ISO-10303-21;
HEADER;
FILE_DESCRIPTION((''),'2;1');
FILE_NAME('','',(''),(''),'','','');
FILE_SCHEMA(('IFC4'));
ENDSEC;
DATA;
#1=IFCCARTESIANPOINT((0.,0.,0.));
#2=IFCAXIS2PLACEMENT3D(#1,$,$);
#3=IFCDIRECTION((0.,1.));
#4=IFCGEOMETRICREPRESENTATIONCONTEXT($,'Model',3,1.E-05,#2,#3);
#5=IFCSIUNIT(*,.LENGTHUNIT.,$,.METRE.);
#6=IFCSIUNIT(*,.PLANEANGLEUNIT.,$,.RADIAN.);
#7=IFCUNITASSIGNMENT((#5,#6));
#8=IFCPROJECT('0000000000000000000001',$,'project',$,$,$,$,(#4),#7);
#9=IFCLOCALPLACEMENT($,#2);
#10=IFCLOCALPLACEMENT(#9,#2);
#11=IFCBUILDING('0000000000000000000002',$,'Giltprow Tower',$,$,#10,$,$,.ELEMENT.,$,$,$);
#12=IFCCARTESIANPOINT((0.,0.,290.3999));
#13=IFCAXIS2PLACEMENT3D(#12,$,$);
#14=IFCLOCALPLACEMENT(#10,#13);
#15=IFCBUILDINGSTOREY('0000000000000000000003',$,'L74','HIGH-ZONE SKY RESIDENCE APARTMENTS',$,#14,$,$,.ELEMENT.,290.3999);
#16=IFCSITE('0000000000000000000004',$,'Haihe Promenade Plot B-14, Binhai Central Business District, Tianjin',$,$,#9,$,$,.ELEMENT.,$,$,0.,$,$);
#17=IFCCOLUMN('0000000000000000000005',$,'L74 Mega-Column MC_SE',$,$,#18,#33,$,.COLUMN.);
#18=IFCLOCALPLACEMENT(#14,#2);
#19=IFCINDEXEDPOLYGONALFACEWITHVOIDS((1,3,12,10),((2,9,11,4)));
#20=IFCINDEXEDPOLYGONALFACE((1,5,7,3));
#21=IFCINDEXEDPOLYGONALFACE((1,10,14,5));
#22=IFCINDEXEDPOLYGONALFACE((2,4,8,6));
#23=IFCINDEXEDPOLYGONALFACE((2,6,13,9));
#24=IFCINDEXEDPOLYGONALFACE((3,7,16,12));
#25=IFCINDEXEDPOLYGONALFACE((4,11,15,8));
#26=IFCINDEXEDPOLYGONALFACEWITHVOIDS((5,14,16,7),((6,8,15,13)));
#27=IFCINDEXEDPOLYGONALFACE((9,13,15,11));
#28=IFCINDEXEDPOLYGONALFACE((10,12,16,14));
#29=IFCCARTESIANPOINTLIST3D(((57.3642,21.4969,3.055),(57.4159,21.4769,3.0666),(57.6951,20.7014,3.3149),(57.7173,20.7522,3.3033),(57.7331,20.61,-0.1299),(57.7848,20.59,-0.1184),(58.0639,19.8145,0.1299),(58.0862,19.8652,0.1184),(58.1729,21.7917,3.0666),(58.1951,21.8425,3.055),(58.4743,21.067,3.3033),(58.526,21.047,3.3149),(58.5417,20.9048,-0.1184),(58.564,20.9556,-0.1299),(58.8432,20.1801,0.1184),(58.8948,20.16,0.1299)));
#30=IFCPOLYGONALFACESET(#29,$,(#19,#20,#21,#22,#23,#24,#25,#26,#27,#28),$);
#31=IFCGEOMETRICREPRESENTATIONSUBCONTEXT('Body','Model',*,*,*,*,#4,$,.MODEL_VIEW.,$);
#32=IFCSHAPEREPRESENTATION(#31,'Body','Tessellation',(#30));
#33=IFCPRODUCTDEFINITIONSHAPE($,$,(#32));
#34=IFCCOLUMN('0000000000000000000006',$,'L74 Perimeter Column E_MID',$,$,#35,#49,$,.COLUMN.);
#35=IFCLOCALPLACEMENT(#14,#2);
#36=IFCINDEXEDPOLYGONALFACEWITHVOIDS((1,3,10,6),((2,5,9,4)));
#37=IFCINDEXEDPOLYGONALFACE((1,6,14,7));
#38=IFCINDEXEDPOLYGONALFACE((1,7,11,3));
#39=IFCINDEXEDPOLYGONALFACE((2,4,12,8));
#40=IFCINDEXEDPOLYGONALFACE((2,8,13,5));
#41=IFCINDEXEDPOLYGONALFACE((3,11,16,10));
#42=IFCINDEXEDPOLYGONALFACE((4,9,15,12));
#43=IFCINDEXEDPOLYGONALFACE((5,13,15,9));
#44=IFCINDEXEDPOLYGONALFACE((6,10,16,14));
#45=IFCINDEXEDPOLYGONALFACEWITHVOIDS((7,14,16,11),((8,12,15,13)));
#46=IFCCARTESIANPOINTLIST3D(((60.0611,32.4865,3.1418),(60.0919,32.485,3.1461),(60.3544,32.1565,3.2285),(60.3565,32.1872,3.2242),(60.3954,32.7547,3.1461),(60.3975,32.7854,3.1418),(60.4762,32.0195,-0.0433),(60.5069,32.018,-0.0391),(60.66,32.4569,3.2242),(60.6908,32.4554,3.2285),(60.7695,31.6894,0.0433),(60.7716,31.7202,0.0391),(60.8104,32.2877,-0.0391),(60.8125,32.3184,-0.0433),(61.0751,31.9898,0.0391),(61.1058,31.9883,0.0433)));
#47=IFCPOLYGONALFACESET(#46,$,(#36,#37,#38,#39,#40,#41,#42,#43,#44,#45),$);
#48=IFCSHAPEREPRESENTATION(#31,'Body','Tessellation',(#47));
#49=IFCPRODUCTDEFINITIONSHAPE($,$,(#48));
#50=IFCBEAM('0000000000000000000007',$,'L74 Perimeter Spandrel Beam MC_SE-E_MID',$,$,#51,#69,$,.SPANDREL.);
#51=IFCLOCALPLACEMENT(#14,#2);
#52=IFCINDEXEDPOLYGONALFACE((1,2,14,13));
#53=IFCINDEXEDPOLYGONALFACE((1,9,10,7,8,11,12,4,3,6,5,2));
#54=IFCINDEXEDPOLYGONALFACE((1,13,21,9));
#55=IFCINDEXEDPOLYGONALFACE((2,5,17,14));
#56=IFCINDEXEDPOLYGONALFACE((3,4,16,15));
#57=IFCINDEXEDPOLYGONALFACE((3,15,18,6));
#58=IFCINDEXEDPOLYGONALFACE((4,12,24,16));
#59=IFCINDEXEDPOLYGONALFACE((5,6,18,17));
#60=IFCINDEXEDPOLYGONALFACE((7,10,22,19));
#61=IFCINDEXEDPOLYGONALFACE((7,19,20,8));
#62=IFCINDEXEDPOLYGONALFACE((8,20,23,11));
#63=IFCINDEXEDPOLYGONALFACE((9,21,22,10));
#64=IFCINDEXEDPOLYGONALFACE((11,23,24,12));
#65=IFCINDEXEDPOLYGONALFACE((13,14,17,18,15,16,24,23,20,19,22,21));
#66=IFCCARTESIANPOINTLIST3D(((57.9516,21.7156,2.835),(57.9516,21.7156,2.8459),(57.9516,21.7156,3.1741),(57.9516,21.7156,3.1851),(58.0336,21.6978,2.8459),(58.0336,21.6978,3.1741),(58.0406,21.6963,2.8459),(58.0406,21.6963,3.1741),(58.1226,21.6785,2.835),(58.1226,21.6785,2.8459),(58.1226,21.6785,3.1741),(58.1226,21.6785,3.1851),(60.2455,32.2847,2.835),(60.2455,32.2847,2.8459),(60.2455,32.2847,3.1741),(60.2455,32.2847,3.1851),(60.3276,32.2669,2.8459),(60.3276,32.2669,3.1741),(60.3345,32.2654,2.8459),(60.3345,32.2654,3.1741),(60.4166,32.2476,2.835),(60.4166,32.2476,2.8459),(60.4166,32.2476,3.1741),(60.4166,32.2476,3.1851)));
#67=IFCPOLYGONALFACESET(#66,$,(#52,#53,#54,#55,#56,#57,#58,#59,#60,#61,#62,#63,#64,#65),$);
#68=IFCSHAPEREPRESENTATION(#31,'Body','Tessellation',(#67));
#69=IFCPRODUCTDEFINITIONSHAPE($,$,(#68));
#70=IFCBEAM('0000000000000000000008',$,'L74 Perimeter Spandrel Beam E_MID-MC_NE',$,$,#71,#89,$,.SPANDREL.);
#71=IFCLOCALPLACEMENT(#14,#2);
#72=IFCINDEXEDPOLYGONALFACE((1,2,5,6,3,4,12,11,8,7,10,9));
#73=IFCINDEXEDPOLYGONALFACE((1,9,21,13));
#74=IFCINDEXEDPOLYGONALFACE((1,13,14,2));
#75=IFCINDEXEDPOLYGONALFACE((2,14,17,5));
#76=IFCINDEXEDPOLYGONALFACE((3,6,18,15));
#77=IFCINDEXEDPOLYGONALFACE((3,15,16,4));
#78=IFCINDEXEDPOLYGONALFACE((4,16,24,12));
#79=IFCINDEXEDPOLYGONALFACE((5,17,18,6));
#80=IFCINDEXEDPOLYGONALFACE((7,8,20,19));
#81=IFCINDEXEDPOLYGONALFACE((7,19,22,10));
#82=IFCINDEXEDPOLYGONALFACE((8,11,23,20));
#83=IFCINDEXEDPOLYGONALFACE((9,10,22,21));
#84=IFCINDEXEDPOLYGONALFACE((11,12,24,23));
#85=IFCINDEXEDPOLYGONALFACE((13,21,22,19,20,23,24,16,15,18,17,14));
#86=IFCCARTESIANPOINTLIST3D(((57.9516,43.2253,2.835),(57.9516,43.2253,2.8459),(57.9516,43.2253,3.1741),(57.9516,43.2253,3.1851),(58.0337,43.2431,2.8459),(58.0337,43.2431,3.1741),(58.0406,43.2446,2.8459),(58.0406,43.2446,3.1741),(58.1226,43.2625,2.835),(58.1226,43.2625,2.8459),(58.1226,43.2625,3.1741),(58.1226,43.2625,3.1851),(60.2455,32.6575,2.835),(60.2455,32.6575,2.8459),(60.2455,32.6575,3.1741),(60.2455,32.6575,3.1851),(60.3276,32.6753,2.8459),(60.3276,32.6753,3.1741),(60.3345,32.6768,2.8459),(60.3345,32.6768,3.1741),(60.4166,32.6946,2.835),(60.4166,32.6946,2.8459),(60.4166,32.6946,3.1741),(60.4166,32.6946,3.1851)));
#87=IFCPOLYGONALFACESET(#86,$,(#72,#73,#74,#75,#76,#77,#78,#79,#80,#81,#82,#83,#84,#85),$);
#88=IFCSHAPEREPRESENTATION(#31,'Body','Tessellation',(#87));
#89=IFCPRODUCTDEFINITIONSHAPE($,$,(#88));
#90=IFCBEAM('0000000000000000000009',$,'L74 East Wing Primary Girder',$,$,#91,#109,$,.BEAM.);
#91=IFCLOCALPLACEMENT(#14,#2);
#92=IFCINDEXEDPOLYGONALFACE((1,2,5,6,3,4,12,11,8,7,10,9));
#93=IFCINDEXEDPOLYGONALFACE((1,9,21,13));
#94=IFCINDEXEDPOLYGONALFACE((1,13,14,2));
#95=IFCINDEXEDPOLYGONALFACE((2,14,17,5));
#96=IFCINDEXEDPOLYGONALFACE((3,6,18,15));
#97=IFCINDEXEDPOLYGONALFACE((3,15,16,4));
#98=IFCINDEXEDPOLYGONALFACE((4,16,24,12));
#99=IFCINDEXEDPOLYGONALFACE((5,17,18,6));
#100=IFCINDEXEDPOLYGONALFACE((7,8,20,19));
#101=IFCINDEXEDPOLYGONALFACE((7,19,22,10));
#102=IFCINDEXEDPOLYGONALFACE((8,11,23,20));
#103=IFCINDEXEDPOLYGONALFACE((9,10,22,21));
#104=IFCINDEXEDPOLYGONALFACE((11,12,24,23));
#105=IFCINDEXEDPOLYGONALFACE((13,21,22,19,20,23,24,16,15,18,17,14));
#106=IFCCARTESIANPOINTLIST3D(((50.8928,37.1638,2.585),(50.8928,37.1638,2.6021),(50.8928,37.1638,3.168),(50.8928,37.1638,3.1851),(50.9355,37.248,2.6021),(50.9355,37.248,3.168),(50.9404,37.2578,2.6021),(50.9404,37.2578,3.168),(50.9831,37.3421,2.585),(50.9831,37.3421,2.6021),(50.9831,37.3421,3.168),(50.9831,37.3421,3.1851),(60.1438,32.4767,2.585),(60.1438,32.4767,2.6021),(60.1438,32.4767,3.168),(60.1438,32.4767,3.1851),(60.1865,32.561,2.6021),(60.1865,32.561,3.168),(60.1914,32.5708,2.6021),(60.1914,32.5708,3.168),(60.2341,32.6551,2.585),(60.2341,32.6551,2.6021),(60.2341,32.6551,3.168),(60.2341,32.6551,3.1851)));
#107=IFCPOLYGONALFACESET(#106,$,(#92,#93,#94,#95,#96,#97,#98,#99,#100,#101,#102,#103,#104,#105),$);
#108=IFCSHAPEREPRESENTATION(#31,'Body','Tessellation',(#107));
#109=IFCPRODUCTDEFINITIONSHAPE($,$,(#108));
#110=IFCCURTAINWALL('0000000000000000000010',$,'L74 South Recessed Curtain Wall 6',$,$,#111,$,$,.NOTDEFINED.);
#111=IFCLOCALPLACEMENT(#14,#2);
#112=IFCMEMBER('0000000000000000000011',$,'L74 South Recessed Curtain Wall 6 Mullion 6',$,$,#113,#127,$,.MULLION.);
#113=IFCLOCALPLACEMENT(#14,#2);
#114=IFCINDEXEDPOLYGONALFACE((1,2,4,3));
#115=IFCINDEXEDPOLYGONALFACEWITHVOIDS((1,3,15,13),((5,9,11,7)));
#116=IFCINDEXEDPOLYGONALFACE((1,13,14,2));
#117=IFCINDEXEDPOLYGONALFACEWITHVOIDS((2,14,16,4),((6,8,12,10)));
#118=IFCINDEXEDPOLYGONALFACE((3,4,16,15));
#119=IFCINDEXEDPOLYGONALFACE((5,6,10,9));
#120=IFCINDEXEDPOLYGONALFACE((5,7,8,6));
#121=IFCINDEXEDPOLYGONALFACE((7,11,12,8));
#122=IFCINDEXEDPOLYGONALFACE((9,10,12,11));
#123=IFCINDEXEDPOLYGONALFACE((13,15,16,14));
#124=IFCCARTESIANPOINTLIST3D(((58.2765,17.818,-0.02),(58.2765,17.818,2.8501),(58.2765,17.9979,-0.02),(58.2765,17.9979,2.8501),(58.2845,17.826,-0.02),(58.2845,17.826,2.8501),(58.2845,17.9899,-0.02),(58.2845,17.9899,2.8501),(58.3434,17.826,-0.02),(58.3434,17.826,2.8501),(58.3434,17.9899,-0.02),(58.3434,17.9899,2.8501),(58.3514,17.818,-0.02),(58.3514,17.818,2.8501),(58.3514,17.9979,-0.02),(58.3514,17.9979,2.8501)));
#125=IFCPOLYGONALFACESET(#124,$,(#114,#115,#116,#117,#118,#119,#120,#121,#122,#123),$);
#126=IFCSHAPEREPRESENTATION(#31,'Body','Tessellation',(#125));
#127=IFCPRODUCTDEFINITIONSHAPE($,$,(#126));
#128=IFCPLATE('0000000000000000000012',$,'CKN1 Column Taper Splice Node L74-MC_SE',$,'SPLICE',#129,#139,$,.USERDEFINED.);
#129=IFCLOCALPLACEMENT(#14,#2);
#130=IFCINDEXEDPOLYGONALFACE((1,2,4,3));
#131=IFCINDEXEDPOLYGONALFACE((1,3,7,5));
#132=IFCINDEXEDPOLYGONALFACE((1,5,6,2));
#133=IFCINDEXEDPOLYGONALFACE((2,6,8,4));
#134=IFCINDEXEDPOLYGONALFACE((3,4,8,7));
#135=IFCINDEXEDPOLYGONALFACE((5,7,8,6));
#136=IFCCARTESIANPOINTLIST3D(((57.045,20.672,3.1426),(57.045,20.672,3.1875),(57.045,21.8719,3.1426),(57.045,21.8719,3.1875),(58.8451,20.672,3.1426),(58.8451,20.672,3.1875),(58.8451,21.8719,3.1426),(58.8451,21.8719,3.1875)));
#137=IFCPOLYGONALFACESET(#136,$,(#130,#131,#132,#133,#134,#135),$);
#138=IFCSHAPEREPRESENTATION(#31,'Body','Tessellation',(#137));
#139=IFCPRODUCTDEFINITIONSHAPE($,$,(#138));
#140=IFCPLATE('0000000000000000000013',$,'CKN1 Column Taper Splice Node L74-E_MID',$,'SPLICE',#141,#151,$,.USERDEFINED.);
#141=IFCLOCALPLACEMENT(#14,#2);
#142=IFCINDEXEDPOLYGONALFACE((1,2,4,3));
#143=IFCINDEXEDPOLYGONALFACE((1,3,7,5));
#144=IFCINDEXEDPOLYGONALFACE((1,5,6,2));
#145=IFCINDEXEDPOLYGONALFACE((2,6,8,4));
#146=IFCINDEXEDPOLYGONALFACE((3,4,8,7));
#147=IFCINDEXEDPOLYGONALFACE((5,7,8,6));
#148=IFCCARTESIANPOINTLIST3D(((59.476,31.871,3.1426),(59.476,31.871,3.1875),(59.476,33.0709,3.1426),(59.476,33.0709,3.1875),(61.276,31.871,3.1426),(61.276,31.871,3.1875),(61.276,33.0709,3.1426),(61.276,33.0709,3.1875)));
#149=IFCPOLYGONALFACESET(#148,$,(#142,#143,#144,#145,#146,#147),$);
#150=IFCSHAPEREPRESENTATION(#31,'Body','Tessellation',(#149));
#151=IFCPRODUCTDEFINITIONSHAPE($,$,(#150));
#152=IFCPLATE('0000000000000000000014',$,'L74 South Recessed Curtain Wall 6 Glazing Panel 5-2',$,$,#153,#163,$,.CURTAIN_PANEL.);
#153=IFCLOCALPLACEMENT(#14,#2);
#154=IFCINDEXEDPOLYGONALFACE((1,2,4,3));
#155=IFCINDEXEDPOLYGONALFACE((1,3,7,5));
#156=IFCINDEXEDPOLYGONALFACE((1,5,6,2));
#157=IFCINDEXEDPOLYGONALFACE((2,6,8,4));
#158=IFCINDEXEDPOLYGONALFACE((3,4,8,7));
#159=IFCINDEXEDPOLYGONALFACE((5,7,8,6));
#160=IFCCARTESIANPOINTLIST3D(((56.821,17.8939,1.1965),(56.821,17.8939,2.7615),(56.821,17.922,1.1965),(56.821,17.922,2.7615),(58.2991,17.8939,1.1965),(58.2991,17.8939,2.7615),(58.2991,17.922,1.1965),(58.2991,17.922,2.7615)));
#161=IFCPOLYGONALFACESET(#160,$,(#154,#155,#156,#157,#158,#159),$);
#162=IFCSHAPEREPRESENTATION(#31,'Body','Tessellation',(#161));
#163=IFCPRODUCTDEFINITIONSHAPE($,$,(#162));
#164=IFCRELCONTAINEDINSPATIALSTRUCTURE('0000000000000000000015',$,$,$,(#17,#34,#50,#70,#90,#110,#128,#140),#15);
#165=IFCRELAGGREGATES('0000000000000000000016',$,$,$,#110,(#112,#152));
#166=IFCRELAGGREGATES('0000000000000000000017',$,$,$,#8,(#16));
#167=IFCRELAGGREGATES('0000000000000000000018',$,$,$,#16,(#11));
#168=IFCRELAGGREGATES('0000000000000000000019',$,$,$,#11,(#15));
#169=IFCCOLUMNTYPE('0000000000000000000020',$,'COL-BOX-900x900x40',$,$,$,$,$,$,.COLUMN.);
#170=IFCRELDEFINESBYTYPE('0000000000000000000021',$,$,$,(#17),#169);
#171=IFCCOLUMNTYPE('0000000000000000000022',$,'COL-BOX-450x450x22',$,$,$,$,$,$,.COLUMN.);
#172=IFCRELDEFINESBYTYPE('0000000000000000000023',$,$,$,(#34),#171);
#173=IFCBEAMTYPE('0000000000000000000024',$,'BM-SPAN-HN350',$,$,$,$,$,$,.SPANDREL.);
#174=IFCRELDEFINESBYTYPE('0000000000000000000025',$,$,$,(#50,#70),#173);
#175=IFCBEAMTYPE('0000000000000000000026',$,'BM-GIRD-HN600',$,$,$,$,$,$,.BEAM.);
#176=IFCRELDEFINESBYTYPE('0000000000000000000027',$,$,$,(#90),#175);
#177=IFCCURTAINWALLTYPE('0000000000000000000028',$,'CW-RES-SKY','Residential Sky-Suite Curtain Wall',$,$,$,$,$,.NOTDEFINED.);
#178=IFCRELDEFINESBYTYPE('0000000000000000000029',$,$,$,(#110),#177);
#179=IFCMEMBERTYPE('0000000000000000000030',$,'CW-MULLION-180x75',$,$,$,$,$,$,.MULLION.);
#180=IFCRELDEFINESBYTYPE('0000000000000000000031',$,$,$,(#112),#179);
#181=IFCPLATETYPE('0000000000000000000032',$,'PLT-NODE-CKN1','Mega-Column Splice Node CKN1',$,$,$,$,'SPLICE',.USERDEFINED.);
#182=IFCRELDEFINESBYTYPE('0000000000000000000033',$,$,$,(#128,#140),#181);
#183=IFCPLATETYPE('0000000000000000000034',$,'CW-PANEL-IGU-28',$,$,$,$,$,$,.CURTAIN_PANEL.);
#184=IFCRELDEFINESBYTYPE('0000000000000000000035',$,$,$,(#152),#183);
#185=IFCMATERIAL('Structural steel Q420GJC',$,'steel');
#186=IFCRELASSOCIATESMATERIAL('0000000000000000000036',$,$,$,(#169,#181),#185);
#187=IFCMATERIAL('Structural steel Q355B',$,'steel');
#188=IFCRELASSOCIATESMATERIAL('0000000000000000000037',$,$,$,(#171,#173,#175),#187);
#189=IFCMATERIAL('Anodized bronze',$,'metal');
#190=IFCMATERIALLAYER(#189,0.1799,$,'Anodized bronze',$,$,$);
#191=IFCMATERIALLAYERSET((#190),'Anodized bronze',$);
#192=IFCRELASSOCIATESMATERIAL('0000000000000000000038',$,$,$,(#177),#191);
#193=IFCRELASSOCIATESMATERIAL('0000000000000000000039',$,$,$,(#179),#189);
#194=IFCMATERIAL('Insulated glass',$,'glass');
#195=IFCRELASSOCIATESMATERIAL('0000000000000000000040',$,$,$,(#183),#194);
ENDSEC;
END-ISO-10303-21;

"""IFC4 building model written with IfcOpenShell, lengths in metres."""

from ifc_helpers import new_model, si_unit, direction, frame, origin, origin_2d, place, context, subcontext, project, spatial, rectangle, hollow_rectangle, i_section, extrude, source, transform, mapped, material, layer, layer_set, material_profile, profile_set, type_object, element, aggregate, save


model = new_model("IFC4")

# Units and contexts
model_context = context("Model", 3, precision=1e-05, world=origin(), true_north=direction((0.0, 1.0)))
body_context = subcontext(model_context, "Body", "Model", "MODEL_VIEW")
ifc_project = project(units=[si_unit("LENGTHUNIT", "METRE"), si_unit("PLANEANGLEUNIT", "RADIAN")], contexts=[model_context])

# Site, building, storey
site_placement = place(None, origin())
site = spatial("IfcSite", under=ifc_project, at=site_placement, Name="Haihe Promenade Plot B-14, Binhai Central Business District, Tianjin", CompositionType="ELEMENT", RefElevation=0.0)
building_placement = place(site_placement, origin())
building = spatial("IfcBuilding", under=site, at=building_placement, Name="Giltprow Tower", CompositionType="ELEMENT")
storey_placement = place(building_placement, frame((0.0, 0.0, 290.3999)))
storey = spatial("IfcBuildingStorey", under=building, at=storey_placement, Name="L74", Description="HIGH-ZONE SKY RESIDENCE APARTMENTS", CompositionType="ELEMENT", Elevation=290.3999)

# Columns
ifc_material_1 = material(Name="Structural steel Q420GJC", Category="steel")
ifc_material_profile_1 = material_profile(ifc_material_1, hollow_rectangle(XDim=0.8999, YDim=0.8999, WallThickness=0.04, at=origin_2d()), Name="BOX 900x900x40")
ifc_profile_set_1 = profile_set([ifc_material_profile_1], Name="Structural steel Q420GJC")
column_type_1 = type_object("IfcColumnType", Name="COL-BOX-900x900x40", PredefinedType="COLUMN", material=ifc_profile_set_1)
shared_shape_1 = source(origin(), body_context, "Body", "SweptSolid", [
    extrude(hollow_rectangle(XDim=0.8999, YDim=0.8999, WallThickness=0.04, at=origin_2d()), origin(), (0.0, 0.0, 1.0), 3.3267),
])
column_1_placement = place(storey_placement, frame((58.314, 20.385, 0.0), z_axis=(-0.110887, 0.266614, 0.957403), x_axis=(-0.923325, -0.38402, 0.0)))
element("IfcColumn", 1, at=column_1_placement, inside=storey, type_object=column_type_1, Name="L74 Mega-Column MC_SE", PredefinedType="COLUMN", context=body_context, shape_type="MappedRepresentation", body=[
    mapped(shared_shape_1, transform((0.0, 0.0, 0.0), x_axis=(1.0, 0.0, 0.0), y_axis=(0.0, 1.0, 0.0), z_axis=(0.0, 0.0, 1.0), scale=1.0)),
])
ifc_material_2 = material(Name="Structural steel Q355B", Category="steel")
ifc_material_profile_2 = material_profile(ifc_material_2, hollow_rectangle(XDim=0.45, YDim=0.45, WallThickness=0.022, at=origin_2d()), Name="BOX 450x450x22")
ifc_profile_set_2 = profile_set([ifc_material_profile_2], Name="Structural steel Q355B")
column_type_2 = type_object("IfcColumnType", Name="COL-BOX-450x450x22", PredefinedType="COLUMN", material=ifc_profile_set_2)
shared_shape_2 = source(origin(), body_context, "Body", "SweptSolid", [
    extrude(hollow_rectangle(XDim=0.45, YDim=0.45, WallThickness=0.022, at=origin_2d()), origin(), (0.0, 0.0, 1.0), 3.2458),
])
column_2_placement = place(storey_placement, frame((60.791, 32.0039, 0.0), z_axis=(-0.127871, 0.143892, 0.981297), x_axis=(-0.747496, -0.664267, 0.0)))
element("IfcColumn", 2, at=column_2_placement, inside=storey, type_object=column_type_2, Name="L74 Perimeter Column E_MID", PredefinedType="COLUMN", context=body_context, shape_type="MappedRepresentation", body=[
    mapped(shared_shape_2, transform((0.0, 0.0, 0.0), x_axis=(1.0, 0.0, 0.0), y_axis=(0.0, 1.0, 0.0), z_axis=(0.0, 0.0, 1.0), scale=1.0)),
])

# Beams
ifc_material_profile_3 = material_profile(ifc_material_2, i_section(OverallWidth=0.175, OverallDepth=0.3501, WebThickness=0.0071, FlangeThickness=0.011, at=origin_2d()), Name="HN 350x175x7x11")
ifc_profile_set_3 = profile_set([ifc_material_profile_3], Name="Structural steel Q355B")
beam_type_1 = type_object("IfcBeamType", Name="BM-SPAN-HN350", PredefinedType="SPANDREL", material=ifc_profile_set_3)
shared_shape_3 = source(origin(), body_context, "Body", "SweptSolid", [
    extrude(i_section(OverallWidth=0.175, OverallDepth=0.3501, WebThickness=0.0071, FlangeThickness=0.011, at=origin_2d()), origin(), (0.0, 0.0, 1.0), 10.8152),
])
beam_1_placement = place(storey_placement, frame((58.0371, 21.697, 3.01), z_axis=(0.212104, 0.977247, 0.0), x_axis=(-0.977247, 0.212104, 0.0)))
element("IfcBeam", 3, at=beam_1_placement, inside=storey, type_object=beam_type_1, Name="L74 Perimeter Spandrel Beam MC_SE-E_MID", PredefinedType="SPANDREL", context=body_context, shape_type="MappedRepresentation", body=[
    mapped(shared_shape_3, transform((0.0, 0.0, 0.0), x_axis=(1.0, 0.0, 0.0), y_axis=(0.0, 1.0, 0.0), z_axis=(0.0, 0.0, 1.0), scale=1.0)),
])
shared_shape_4 = source(origin(), body_context, "Body", "SweptSolid", [
    extrude(i_section(OverallWidth=0.175, OverallDepth=0.3501, WebThickness=0.0071, FlangeThickness=0.011, at=origin_2d()), origin(), (0.0, 0.0, 1.0), 10.814),
])
beam_2_placement = place(storey_placement, frame((60.3311, 32.676, 3.01), z_axis=(-0.212128, 0.977242, 0.0), x_axis=(-0.977242, -0.212128, 0.0)))
element("IfcBeam", 4, at=beam_2_placement, inside=storey, type_object=beam_type_1, Name="L74 Perimeter Spandrel Beam E_MID-MC_NE", PredefinedType="SPANDREL", context=body_context, shape_type="MappedRepresentation", body=[
    mapped(shared_shape_4, transform((0.0, 0.0, 0.0), x_axis=(1.0, 0.0, 0.0), y_axis=(0.0, 1.0, 0.0), z_axis=(0.0, 0.0, 1.0), scale=1.0)),
])
ifc_material_profile_4 = material_profile(ifc_material_2, i_section(OverallWidth=0.2, OverallDepth=0.6001, WebThickness=0.011, FlangeThickness=0.0171, at=origin_2d()), Name="HN 600x200x11x17")
ifc_profile_set_4 = profile_set([ifc_material_profile_4], Name="Structural steel Q355B")
beam_type_2 = type_object("IfcBeamType", Name="BM-GIRD-HN600", PredefinedType="BEAM", material=ifc_profile_set_4)
shared_shape_5 = source(origin(), body_context, "Body", "SweptSolid", [
    extrude(i_section(OverallWidth=0.2, OverallDepth=0.6001, WebThickness=0.011, FlangeThickness=0.0171, at=origin_2d()), origin(), (0.0, 0.0, 1.0), 10.3706),
])
beam_3_placement = place(storey_placement, frame((60.189, 32.5659, 2.885), z_axis=(-0.892042, 0.451953, 0.0), x_axis=(-0.451953, -0.892042, 0.0)))
element("IfcBeam", 5, at=beam_3_placement, inside=storey, type_object=beam_type_2, Name="L74 East Wing Primary Girder", PredefinedType="BEAM", context=body_context, shape_type="MappedRepresentation", body=[
    mapped(shared_shape_5, transform((0.0, 0.0, 0.0), x_axis=(1.0, 0.0, 0.0), y_axis=(0.0, 1.0, 0.0), z_axis=(0.0, 0.0, 1.0), scale=1.0)),
])

# Curtain wall, member
ifc_material_3 = material(Name="Anodized bronze", Category="metal")
ifc_layer_1 = layer(ifc_material_3, 0.1799, Name="Anodized bronze")
ifc_layer_set_1 = layer_set([ifc_layer_1], Name="Anodized bronze")
curtain_wall_type = type_object("IfcCurtainWallType", Name="CW-RES-SKY", Description="Residential Sky-Suite Curtain Wall", PredefinedType="NOTDEFINED", material=ifc_layer_set_1)
curtain_wall_placement = place(storey_placement, origin())
curtain_wall = element("IfcCurtainWall", 6, at=curtain_wall_placement, inside=storey, type_object=curtain_wall_type, Name="L74 South Recessed Curtain Wall 6", PredefinedType="NOTDEFINED")
ifc_material_profile_5 = material_profile(ifc_material_3, hollow_rectangle(XDim=0.075, YDim=0.1799, WallThickness=0.0081, at=origin_2d()), Name="RHS 180x75x8")
ifc_profile_set_5 = profile_set([ifc_material_profile_5], Name="Anodized bronze")
member_type = type_object("IfcMemberType", Name="CW-MULLION-180x75", PredefinedType="MULLION", material=ifc_profile_set_5)
shared_shape_6 = source(origin(), body_context, "Body", "SweptSolid", [
    extrude(hollow_rectangle(XDim=0.075, YDim=0.1799, WallThickness=0.0081, at=origin_2d()), origin(), (0.0, 0.0, 1.0), 2.8701),
])
member_placement = place(storey_placement, frame((58.314, 17.908, -0.02), z_axis=(0.0, 0.0, 1.0), x_axis=(1.0, 0.0, 0.0)))
member = element("IfcMember", 7, at=member_placement, type_object=member_type, Name="L74 South Recessed Curtain Wall 6 Mullion 6", PredefinedType="MULLION", context=body_context, shape_type="MappedRepresentation", body=[
    mapped(shared_shape_6, transform((0.0, 0.0, 0.0), x_axis=(1.0, 0.0, 0.0), y_axis=(0.0, 1.0, 0.0), z_axis=(0.0, 0.0, 1.0), scale=1.0)),
])

# Plates
plate_type_1 = type_object("IfcPlateType", Name="PLT-NODE-CKN1", Description="Mega-Column Splice Node CKN1", ElementType="SPLICE", PredefinedType="USERDEFINED", material=ifc_material_1)
shared_shape_7 = source(origin(), body_context, "Body", "SweptSolid", [
    extrude(rectangle(XDim=1.8, YDim=1.2, at=origin_2d()), origin(), (0.0, 0.0, 1.0), 0.0449),
])
for number, where, z_axis, x_axis, name in (
    (8, (57.9451, 21.272, 3.1426), (0.0, 0.0, 1.0), (1.0, 0.0, 0.0), "CKN1 Column Taper Splice Node L74-MC_SE"),
    (9, (60.376, 32.4709, 3.1426), (0.0, 0.0, 1.0), (1.0, 0.0, 0.0), "CKN1 Column Taper Splice Node L74-E_MID"),
):
    element("IfcPlate", number, at=place(storey_placement, frame(where, z_axis=z_axis, x_axis=x_axis)), inside=storey, type_object=plate_type_1, Name=name, ObjectType="SPLICE", PredefinedType="USERDEFINED", context=body_context, shape_type="MappedRepresentation", body=[
        mapped(shared_shape_7, transform((0.0, 0.0, 0.0), x_axis=(1.0, 0.0, 0.0), y_axis=(0.0, 1.0, 0.0), z_axis=(0.0, 0.0, 1.0), scale=1.0)),
    ])

# Plate
ifc_material_4 = material(Name="Insulated glass", Category="glass")
plate_type_2 = type_object("IfcPlateType", Name="CW-PANEL-IGU-28", PredefinedType="CURTAIN_PANEL", material=ifc_material_4)
shared_shape_8 = source(origin(), body_context, "Body", "SweptSolid", [
    extrude(rectangle(XDim=1.478, YDim=0.0281, at=origin_2d()), origin(), (0.0, 0.0, 1.0), 1.5649),
])
plate_placement = place(storey_placement, frame((57.5601, 17.908, 1.1965), z_axis=(0.0, 0.0, 1.0), x_axis=(1.0, 0.0, 0.0)))
plate = element("IfcPlate", 10, at=plate_placement, type_object=plate_type_2, Name="L74 South Recessed Curtain Wall 6 Glazing Panel 5-2", PredefinedType="CURTAIN_PANEL", context=body_context, shape_type="MappedRepresentation", body=[
    mapped(shared_shape_8, transform((0.0, 0.0, 0.0), x_axis=(1.0, 0.0, 0.0), y_axis=(0.0, 1.0, 0.0), z_axis=(0.0, 0.0, 1.0), scale=1.0)),
])
aggregate(curtain_wall, [member, plate])

save(model, "model.ifc")
